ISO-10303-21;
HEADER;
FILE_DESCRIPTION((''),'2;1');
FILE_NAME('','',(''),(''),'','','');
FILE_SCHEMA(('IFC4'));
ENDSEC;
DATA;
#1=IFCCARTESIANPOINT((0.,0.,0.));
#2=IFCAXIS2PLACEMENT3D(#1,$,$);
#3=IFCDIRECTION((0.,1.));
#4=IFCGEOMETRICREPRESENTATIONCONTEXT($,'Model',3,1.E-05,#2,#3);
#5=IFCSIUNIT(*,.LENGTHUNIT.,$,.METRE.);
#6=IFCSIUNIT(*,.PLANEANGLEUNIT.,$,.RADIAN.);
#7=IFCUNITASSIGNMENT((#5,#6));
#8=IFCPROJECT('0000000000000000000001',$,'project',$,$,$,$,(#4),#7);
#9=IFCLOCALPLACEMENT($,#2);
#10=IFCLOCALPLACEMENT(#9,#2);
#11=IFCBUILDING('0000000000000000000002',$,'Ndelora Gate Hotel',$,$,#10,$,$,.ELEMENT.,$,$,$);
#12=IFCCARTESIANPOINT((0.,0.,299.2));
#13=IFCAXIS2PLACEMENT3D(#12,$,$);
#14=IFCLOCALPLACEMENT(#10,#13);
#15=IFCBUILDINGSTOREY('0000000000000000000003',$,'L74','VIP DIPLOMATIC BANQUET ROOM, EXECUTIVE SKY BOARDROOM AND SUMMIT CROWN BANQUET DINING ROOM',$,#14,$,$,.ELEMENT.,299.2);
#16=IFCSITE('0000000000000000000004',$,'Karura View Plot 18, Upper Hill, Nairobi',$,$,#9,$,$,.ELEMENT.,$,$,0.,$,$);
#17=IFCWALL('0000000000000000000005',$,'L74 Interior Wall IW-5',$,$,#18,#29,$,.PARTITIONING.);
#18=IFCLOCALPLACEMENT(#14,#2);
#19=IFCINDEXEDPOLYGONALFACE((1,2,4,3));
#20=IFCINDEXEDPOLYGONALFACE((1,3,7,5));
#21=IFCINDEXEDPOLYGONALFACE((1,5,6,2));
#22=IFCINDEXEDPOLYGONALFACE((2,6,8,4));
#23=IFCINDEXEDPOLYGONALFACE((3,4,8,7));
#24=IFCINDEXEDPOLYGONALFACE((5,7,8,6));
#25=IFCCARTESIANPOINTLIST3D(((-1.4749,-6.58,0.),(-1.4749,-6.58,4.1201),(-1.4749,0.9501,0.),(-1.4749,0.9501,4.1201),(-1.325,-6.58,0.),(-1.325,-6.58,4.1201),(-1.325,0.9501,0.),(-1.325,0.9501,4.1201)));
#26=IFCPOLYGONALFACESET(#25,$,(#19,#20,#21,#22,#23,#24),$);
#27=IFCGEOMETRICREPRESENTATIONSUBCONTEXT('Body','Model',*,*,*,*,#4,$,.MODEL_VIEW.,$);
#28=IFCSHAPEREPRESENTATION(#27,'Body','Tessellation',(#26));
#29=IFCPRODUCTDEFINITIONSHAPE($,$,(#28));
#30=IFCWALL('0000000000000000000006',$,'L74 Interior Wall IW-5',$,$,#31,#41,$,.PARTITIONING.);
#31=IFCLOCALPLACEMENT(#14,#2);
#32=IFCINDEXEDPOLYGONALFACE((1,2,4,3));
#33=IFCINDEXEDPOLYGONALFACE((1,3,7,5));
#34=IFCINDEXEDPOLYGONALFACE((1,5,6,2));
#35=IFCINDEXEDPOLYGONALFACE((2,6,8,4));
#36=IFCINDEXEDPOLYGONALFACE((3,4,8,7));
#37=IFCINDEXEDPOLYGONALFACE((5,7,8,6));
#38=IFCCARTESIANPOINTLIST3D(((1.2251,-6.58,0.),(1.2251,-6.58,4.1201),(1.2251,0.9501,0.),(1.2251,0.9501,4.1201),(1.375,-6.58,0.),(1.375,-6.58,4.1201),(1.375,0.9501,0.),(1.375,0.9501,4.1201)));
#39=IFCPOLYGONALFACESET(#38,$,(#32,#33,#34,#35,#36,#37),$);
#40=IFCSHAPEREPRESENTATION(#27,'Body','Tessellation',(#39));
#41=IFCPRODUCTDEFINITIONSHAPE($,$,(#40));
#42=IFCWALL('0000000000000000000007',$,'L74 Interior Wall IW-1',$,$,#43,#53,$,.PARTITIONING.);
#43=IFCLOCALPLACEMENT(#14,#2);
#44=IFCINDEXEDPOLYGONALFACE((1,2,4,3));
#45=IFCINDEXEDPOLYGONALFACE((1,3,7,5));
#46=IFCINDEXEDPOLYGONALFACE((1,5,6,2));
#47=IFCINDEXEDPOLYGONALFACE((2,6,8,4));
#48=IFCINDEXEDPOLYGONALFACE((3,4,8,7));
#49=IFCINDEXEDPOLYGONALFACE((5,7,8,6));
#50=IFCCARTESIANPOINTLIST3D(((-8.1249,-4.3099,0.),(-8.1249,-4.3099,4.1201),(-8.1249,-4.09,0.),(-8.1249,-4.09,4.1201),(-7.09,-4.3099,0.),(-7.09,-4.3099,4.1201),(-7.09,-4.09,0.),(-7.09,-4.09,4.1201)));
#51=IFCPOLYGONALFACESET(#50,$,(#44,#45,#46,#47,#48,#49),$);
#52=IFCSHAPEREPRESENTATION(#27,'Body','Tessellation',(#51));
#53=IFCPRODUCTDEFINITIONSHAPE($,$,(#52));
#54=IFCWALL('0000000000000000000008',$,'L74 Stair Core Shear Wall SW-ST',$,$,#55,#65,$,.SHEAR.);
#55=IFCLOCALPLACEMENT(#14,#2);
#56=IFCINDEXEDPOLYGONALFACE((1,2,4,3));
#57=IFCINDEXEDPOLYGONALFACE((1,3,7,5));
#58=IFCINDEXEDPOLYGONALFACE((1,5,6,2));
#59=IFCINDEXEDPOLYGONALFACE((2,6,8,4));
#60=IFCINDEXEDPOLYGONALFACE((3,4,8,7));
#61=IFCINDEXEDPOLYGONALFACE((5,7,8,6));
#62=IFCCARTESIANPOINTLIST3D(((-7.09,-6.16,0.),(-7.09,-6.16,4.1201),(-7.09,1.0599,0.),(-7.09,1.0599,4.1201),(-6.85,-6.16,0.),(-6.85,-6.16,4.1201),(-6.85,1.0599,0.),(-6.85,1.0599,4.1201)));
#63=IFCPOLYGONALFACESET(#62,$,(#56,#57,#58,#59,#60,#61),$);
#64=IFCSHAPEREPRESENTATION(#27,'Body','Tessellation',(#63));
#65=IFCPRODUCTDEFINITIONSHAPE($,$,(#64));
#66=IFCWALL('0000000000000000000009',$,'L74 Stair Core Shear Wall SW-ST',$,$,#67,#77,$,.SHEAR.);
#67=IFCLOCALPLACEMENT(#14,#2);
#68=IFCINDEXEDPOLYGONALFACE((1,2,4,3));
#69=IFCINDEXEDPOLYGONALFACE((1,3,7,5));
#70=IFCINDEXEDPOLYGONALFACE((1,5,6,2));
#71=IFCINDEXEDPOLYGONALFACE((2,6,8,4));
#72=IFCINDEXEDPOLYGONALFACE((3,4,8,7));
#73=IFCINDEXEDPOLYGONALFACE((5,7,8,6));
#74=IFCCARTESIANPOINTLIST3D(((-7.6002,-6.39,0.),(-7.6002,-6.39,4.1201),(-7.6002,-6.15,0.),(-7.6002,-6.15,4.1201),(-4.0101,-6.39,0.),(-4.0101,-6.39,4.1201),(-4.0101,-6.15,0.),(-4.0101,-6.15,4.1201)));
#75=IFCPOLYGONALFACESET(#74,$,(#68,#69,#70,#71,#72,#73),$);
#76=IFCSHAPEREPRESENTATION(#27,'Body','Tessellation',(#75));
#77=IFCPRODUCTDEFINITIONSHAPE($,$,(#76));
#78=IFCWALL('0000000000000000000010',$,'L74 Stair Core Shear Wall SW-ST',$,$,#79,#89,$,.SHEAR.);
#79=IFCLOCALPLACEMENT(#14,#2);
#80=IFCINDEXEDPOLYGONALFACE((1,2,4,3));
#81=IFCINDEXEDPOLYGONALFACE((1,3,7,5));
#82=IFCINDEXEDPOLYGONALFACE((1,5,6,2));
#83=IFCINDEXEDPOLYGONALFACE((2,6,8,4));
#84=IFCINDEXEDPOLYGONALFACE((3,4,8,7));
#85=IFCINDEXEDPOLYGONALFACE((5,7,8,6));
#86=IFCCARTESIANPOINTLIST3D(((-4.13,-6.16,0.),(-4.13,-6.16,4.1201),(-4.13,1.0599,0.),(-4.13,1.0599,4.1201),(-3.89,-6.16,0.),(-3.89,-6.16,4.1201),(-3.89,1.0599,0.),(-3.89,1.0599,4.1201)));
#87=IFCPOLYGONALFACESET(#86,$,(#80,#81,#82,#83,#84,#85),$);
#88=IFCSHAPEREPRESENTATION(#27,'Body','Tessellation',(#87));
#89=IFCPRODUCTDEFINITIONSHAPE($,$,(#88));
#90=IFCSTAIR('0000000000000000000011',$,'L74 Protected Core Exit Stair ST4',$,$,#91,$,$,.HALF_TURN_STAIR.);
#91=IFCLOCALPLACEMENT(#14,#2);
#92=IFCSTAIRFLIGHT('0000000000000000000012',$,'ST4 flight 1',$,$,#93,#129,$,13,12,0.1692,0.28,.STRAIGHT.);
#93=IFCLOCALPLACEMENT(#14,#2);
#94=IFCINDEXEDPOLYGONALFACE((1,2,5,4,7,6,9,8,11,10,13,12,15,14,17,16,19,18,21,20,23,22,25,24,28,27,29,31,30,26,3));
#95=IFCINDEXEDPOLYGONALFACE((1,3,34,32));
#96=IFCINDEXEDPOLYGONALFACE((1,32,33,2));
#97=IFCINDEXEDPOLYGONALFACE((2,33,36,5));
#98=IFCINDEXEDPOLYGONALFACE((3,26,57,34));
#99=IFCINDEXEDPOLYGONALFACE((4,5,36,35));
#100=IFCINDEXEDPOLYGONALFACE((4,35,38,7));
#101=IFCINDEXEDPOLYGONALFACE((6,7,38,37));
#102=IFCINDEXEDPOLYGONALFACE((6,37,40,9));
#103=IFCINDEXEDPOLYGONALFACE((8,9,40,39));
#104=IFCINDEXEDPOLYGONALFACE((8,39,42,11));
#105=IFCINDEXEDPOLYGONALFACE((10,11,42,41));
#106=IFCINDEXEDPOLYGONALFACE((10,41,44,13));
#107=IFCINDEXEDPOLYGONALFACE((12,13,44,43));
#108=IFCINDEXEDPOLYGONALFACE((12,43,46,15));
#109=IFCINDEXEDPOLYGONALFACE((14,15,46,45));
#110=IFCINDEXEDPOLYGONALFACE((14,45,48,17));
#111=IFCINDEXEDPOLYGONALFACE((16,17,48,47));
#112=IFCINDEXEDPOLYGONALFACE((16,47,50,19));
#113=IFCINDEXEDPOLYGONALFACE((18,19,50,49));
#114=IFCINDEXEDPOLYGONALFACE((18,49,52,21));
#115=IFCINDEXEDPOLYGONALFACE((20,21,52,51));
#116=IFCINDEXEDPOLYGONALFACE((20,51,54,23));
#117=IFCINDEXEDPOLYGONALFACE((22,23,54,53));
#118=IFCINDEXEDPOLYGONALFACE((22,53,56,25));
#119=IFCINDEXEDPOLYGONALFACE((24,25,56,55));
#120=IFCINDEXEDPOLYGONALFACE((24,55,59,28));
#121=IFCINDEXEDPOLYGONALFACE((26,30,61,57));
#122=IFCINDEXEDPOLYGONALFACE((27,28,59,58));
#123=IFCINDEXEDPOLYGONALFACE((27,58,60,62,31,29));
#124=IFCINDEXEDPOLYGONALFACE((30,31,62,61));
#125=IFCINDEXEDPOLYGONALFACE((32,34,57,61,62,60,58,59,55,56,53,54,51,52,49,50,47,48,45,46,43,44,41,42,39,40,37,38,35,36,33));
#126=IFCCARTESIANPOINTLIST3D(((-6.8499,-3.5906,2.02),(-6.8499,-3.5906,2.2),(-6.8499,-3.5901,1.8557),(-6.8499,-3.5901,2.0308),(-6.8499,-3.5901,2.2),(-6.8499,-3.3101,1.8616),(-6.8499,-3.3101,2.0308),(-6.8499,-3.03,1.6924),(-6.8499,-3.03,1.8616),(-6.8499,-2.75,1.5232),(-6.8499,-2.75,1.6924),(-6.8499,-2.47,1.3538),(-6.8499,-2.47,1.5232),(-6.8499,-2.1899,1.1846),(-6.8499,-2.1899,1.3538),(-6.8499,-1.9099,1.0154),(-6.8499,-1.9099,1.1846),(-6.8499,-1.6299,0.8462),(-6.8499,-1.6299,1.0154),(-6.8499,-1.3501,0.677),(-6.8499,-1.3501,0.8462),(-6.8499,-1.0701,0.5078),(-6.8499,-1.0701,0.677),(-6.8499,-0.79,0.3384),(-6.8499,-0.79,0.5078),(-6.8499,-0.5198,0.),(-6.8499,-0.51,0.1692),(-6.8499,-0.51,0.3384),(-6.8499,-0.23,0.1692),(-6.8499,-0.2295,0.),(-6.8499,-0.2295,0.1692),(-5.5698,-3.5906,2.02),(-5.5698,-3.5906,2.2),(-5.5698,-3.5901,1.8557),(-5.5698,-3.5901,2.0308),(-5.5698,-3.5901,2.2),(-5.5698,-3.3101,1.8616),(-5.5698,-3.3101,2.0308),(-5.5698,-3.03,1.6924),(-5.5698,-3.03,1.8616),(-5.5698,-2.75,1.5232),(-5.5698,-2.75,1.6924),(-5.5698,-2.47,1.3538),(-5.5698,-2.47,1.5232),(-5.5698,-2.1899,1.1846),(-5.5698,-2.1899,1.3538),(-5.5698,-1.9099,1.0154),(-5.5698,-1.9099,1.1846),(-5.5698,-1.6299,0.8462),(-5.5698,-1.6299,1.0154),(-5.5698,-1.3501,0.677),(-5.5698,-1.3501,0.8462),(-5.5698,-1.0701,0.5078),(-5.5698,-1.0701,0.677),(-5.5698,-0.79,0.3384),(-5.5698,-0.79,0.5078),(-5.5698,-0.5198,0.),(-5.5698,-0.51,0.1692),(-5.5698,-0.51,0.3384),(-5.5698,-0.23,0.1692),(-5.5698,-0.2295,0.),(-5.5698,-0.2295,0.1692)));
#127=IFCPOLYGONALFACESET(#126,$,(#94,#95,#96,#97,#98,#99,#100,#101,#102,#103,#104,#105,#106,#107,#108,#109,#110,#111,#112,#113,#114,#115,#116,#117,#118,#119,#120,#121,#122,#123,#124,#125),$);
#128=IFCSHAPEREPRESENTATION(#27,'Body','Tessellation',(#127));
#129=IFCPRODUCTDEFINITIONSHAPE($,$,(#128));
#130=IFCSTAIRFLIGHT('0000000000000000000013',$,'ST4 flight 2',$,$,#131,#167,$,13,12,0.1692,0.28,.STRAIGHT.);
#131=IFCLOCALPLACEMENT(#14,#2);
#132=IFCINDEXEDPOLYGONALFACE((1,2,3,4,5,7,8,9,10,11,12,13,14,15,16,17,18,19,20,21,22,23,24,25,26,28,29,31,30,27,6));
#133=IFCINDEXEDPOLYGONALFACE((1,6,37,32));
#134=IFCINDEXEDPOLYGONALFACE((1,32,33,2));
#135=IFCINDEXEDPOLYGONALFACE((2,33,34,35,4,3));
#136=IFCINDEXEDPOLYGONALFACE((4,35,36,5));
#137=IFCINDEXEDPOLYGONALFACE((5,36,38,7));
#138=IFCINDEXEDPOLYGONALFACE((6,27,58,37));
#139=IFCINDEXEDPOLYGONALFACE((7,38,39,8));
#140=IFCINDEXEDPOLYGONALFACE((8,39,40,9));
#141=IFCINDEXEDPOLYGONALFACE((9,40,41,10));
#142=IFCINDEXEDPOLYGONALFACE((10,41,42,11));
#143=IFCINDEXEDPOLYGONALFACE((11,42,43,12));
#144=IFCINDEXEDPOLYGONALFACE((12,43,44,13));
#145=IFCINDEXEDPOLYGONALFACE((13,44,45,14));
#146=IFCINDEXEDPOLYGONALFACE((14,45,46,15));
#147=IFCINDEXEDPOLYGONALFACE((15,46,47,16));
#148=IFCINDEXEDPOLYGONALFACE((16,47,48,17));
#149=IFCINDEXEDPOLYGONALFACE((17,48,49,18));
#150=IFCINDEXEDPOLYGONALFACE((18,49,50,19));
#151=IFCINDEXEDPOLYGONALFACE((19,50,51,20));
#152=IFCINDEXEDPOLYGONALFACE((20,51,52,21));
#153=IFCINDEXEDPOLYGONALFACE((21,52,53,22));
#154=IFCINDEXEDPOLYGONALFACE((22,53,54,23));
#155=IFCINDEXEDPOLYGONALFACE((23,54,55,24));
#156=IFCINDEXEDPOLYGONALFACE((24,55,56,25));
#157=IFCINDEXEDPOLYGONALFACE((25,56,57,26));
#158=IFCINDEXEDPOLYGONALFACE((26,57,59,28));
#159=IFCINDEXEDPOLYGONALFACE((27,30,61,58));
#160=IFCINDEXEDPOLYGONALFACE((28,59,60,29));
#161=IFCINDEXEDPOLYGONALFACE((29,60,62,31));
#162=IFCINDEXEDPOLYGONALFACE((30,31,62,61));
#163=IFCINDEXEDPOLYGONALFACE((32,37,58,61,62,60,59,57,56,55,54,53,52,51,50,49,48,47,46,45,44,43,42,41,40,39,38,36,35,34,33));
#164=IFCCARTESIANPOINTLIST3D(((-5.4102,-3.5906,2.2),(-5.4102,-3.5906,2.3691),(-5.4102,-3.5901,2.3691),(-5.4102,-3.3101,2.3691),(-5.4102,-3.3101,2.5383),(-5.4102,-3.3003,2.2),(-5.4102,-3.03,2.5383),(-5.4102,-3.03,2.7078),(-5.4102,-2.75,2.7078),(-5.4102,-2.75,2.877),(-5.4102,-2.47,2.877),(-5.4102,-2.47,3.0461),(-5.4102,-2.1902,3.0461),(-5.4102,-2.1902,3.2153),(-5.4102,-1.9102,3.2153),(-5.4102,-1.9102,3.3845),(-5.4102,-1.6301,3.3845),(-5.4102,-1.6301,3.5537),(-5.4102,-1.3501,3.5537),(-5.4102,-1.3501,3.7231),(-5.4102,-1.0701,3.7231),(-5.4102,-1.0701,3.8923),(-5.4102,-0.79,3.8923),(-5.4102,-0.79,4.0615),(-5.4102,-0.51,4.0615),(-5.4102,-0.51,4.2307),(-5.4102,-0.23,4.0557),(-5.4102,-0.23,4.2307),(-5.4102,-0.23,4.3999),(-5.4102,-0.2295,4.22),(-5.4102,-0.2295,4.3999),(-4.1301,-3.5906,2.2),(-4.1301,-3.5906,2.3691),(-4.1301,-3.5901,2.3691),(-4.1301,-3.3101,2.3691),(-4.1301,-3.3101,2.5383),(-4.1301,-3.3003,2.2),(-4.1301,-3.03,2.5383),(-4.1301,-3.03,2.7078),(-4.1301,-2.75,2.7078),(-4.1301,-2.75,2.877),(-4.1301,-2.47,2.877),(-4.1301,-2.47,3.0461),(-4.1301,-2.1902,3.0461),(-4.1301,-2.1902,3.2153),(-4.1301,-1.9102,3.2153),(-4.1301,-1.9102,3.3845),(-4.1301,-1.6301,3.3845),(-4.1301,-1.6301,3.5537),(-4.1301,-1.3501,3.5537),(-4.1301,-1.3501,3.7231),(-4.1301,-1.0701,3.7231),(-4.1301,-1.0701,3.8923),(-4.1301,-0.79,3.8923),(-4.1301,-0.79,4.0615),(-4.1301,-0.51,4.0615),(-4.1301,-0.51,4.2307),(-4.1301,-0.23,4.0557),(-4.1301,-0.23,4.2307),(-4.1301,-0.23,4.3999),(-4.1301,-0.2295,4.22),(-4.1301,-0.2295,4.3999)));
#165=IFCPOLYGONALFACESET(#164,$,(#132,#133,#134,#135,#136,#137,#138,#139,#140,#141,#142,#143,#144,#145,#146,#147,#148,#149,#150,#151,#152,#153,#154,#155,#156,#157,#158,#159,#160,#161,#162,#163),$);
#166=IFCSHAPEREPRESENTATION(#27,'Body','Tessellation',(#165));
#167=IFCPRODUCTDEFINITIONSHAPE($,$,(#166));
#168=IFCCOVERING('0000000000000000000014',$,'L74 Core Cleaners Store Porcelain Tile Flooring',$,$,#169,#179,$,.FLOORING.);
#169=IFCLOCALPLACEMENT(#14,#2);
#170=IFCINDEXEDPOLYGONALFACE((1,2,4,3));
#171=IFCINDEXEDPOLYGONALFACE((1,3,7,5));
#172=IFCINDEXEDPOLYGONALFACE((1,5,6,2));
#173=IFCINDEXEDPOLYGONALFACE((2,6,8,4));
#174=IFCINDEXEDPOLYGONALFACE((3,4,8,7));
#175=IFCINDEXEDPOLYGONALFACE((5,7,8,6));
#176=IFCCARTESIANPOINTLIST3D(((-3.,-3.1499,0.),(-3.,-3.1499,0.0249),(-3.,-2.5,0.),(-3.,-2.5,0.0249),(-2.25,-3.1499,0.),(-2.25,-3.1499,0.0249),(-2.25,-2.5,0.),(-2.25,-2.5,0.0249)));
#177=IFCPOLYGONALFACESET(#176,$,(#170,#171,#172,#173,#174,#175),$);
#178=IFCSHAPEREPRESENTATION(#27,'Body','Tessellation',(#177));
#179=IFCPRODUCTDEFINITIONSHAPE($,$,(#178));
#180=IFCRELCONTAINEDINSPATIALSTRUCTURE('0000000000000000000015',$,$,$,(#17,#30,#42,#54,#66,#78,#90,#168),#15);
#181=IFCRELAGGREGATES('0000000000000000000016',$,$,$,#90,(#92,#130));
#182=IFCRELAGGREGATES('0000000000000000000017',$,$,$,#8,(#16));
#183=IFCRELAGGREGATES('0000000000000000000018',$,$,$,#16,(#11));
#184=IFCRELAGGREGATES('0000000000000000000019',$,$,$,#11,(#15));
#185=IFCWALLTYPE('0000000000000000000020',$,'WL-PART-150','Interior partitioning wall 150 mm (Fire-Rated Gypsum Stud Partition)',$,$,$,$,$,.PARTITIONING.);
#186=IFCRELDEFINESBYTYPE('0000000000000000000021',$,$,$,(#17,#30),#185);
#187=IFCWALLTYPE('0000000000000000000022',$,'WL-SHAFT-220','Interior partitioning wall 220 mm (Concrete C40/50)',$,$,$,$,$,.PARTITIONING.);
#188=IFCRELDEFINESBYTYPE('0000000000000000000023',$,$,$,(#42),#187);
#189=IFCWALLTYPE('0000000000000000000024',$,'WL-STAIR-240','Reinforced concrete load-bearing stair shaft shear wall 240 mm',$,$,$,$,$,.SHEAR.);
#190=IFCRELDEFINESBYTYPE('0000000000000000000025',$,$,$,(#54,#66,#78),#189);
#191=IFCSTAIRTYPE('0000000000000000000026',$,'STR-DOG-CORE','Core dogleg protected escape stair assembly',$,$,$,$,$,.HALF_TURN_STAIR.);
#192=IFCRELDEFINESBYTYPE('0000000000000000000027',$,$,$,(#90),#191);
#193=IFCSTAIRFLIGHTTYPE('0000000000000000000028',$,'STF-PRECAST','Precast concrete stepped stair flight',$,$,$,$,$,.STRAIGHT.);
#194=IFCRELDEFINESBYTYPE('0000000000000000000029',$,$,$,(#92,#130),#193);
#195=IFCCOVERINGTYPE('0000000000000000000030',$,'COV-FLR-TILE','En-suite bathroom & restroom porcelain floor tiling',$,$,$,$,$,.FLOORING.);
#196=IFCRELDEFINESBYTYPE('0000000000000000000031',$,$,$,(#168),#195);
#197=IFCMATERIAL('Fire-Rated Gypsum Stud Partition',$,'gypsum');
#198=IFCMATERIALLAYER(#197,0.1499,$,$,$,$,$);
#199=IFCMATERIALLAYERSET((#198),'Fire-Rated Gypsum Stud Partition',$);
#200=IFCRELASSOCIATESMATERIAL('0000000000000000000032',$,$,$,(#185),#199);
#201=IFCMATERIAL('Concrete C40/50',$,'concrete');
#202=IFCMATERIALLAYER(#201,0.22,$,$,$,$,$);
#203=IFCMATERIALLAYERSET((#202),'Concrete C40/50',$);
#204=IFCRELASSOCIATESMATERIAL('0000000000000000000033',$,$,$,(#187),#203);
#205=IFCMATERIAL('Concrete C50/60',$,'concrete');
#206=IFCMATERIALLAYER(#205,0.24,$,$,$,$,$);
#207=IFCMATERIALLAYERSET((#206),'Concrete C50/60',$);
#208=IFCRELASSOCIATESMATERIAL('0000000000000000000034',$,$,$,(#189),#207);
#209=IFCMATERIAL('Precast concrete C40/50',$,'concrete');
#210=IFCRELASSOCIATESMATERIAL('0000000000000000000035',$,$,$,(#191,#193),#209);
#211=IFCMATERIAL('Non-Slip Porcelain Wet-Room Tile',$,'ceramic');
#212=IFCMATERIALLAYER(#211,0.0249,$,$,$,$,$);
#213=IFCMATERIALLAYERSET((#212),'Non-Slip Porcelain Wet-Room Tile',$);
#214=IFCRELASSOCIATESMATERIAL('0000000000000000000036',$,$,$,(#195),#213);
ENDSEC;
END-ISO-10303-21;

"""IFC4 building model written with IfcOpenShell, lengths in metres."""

from ifc_helpers import new_model, si_unit, direction, frame, frame_2d, origin, origin_2d, place, context, subcontext, project, spatial, polyline, rectangle, outline, extrude, material, layer, layer_set, type_object, element, aggregate, save


model = new_model("IFC4")

# Units and contexts
model_context = context("Model", 3, precision=1e-05, world=origin(), true_north=direction((0.0, 1.0)))
body_context = subcontext(model_context, "Body", "Model", "MODEL_VIEW")
ifc_project = project(units=[si_unit("LENGTHUNIT", "METRE"), si_unit("PLANEANGLEUNIT", "RADIAN")], contexts=[model_context])

# Site, building, storey
site_placement = place(None, origin())
site = spatial("IfcSite", under=ifc_project, at=site_placement, Name="Karura View Plot 18, Upper Hill, Nairobi", CompositionType="ELEMENT", RefElevation=0.0)
building_placement = place(site_placement, origin())
building = spatial("IfcBuilding", under=site, at=building_placement, Name="Ndelora Gate Hotel", CompositionType="ELEMENT")
storey_placement = place(building_placement, frame((0.0, 0.0, 299.2)))
storey = spatial("IfcBuildingStorey", under=building, at=storey_placement, Name="L74", Description="VIP DIPLOMATIC BANQUET ROOM, EXECUTIVE SKY BOARDROOM AND SUMMIT CROWN BANQUET DINING ROOM", CompositionType="ELEMENT", Elevation=299.2)

# Shared definitions
ifc_material_1 = material(Name="Concrete C40/50", Category="concrete")

# Walls
ifc_material_2 = material(Name="Fire-Rated Gypsum Stud Partition", Category="gypsum")
ifc_layer_1 = layer(ifc_material_2, 0.1499)
ifc_layer_set_1 = layer_set([ifc_layer_1], Name="Fire-Rated Gypsum Stud Partition")
wall_type_1 = type_object("IfcWallType", Name="WL-PART-150", Description="Interior partitioning wall 150 mm (Fire-Rated Gypsum Stud Partition)", PredefinedType="PARTITIONING", material=ifc_layer_set_1)
for number, where, z_axis, x_axis, name in (
    (1, (-1.3999, -6.5801, 0.0), (0.0, 0.0, 1.0), (0.0, 1.0, 0.0), "L74 Interior Wall IW-5"),
    (2, (1.3, -6.5801, 0.0), (0.0, 0.0, 1.0), (0.0, 1.0, 0.0), "L74 Interior Wall IW-5"),
):
    element("IfcWall", number, at=place(storey_placement, frame(where, z_axis=z_axis, x_axis=x_axis)), inside=storey, type_object=wall_type_1, Name=name, PredefinedType="PARTITIONING", context=body_context, shape_type="SweptSolid", body=[
        extrude(rectangle(XDim=7.53, YDim=0.1499, at=frame_2d((3.7651, 0.0))), origin(), (0.0, 0.0, 1.0), 4.1201),
    ])
ifc_layer_2 = layer(ifc_material_1, 0.22)
ifc_layer_set_2 = layer_set([ifc_layer_2], Name="Concrete C40/50")
wall_type_2 = type_object("IfcWallType", Name="WL-SHAFT-220", Description="Interior partitioning wall 220 mm (Concrete C40/50)", PredefinedType="PARTITIONING", material=ifc_layer_set_2)
wall_1_placement = place(storey_placement, frame((-8.125, -4.2, 0.0), z_axis=(0.0, 0.0, 1.0), x_axis=(1.0, 0.0, 0.0)))
element("IfcWall", 3, at=wall_1_placement, inside=storey, type_object=wall_type_2, Name="L74 Interior Wall IW-1", PredefinedType="PARTITIONING", context=body_context, shape_type="SweptSolid", body=[
    extrude(rectangle(XDim=1.0349, YDim=0.22, at=frame_2d((0.5176, 0.0))), origin(), (0.0, 0.0, 1.0), 4.1201),
])
ifc_material_3 = material(Name="Concrete C50/60", Category="concrete")
ifc_layer_3 = layer(ifc_material_3, 0.24)
ifc_layer_set_3 = layer_set([ifc_layer_3], Name="Concrete C50/60")
wall_type_3 = type_object("IfcWallType", Name="WL-STAIR-240", Description="Reinforced concrete load-bearing stair shaft shear wall 240 mm", PredefinedType="SHEAR", material=ifc_layer_set_3)
wall_2_placement = place(storey_placement, frame((-6.97, -6.1599, 0.0), z_axis=(0.0, 0.0, 1.0), x_axis=(0.0, 1.0, 0.0)))
element("IfcWall", 4, at=wall_2_placement, inside=storey, type_object=wall_type_3, Name="L74 Stair Core Shear Wall SW-ST", PredefinedType="SHEAR", context=body_context, shape_type="SweptSolid", body=[
    extrude(rectangle(XDim=7.22, YDim=0.24, at=frame_2d((3.6099, 0.0))), origin(), (0.0, 0.0, 1.0), 4.1201),
])
wall_3_placement = place(storey_placement, frame((-7.6001, -6.27, 0.0), z_axis=(0.0, 0.0, 1.0), x_axis=(1.0, 0.0, 0.0)))
element("IfcWall", 5, at=wall_3_placement, inside=storey, type_object=wall_type_3, Name="L74 Stair Core Shear Wall SW-ST", PredefinedType="SHEAR", context=body_context, shape_type="SweptSolid", body=[
    extrude(rectangle(XDim=3.5901, YDim=0.24, at=frame_2d((1.7949, 0.0))), origin(), (0.0, 0.0, 1.0), 4.1201),
])
wall_4_placement = place(storey_placement, frame((-4.01, -6.1599, 0.0), z_axis=(0.0, 0.0, 1.0), x_axis=(0.0, 1.0, 0.0)))
element("IfcWall", 6, at=wall_4_placement, inside=storey, type_object=wall_type_3, Name="L74 Stair Core Shear Wall SW-ST", PredefinedType="SHEAR", context=body_context, shape_type="SweptSolid", body=[
    extrude(rectangle(XDim=7.22, YDim=0.24, at=frame_2d((3.6099, 0.0))), origin(), (0.0, 0.0, 1.0), 4.1201),
])

# Stair, stair flights
ifc_material_4 = material(Name="Precast concrete C40/50", Category="concrete")
stair_type = type_object("IfcStairType", Name="STR-DOG-CORE", Description="Core dogleg protected escape stair assembly", PredefinedType="HALF_TURN_STAIR", material=ifc_material_4)
stair_placement = place(storey_placement, origin())
stair = element("IfcStair", 7, at=stair_placement, inside=storey, type_object=stair_type, Name="L74 Protected Core Exit Stair ST4", PredefinedType="HALF_TURN_STAIR")
stair_flight_type = type_object("IfcStairFlightType", Name="STF-PRECAST", Description="Precast concrete stepped stair flight", PredefinedType="STRAIGHT", material=ifc_material_4)
stair_flight_1_placement = place(storey_placement, frame((-6.21, -0.23, 0.0), z_axis=(0.0, 0.0, 1.0), x_axis=(0.0, -1.0, 0.0)))
stair_flight_1 = element("IfcStairFlight", 8, at=stair_flight_1_placement, type_object=stair_flight_type, Name="ST4 flight 1", NumberOfRisers=13, NumberOfTreads=12, PredefinedType="STRAIGHT", RiserHeight=0.1692, TreadLength=0.28, context=body_context, shape_type="SweptSolid", body=[
    extrude(outline(polyline([(-0.0005, 0.0), (-0.0005, 0.1692), (0.0, 0.1692), (0.28, 0.1692), (0.28, 0.3384), (0.5601, 0.3384), (0.5601, 0.5078), (0.8401, 0.5078), (0.8401, 0.677), (1.1201, 0.677), (1.1201, 0.8462), (1.3999, 0.8462), (1.3999, 1.0154), (1.6799, 1.0154), (1.6799, 1.1846), (1.96, 1.1846), (1.96, 1.3538), (2.24, 1.3538), (2.24, 1.5232), (2.52, 1.5232), (2.52, 1.6924), (2.8, 1.6924), (2.8, 1.8616), (3.0801, 1.8616), (3.0801, 2.0308), (3.3601, 2.0308), (3.3601, 2.2), (3.3606, 2.2), (3.3606, 2.02), (3.3601, 1.8557), (0.2898, 0.0), (-0.0005, 0.0)])), frame((0.0, 0.6401, 0.0), z_axis=(0.0, -1.0, 0.0), x_axis=(1.0, 0.0, 0.0)), (0.0, 0.0, 1.0), 1.28),
])
stair_flight_2_placement = place(storey_placement, frame((-4.77, -3.5901, 2.2), z_axis=(0.0, 0.0, 1.0), x_axis=(0.0, 1.0, 0.0)))
stair_flight_2 = element("IfcStairFlight", 9, at=stair_flight_2_placement, type_object=stair_flight_type, Name="ST4 flight 2", NumberOfRisers=13, NumberOfTreads=12, PredefinedType="STRAIGHT", RiserHeight=0.1692, TreadLength=0.28, context=body_context, shape_type="SweptSolid", body=[
    extrude(outline(polyline([(-0.0005, 0.0), (-0.0005, 0.1692), (0.0, 0.1692), (0.28, 0.1692), (0.28, 0.3384), (0.5601, 0.3384), (0.5601, 0.5078), (0.8401, 0.5078), (0.8401, 0.677), (1.1201, 0.677), (1.1201, 0.8462), (1.3999, 0.8462), (1.3999, 1.0154), (1.6799, 1.0154), (1.6799, 1.1846), (1.96, 1.1846), (1.96, 1.3538), (2.24, 1.3538), (2.24, 1.5232), (2.52, 1.5232), (2.52, 1.6924), (2.8, 1.6924), (2.8, 1.8616), (3.0801, 1.8616), (3.0801, 2.0308), (3.3601, 2.0308), (3.3601, 2.2), (3.3606, 2.2), (3.3606, 2.02), (3.3601, 1.8557), (0.2898, 0.0), (-0.0005, 0.0)])), frame((0.0, 0.6401, 0.0), z_axis=(0.0, -1.0, 0.0), x_axis=(1.0, 0.0, 0.0)), (0.0, 0.0, 1.0), 1.28),
])
aggregate(stair, [stair_flight_1, stair_flight_2])

# Covering
ifc_material_5 = material(Name="Non-Slip Porcelain Wet-Room Tile", Category="ceramic")
ifc_layer_4 = layer(ifc_material_5, 0.0249)
ifc_layer_set_4 = layer_set([ifc_layer_4], Name="Non-Slip Porcelain Wet-Room Tile")
covering_type = type_object("IfcCoveringType", Name="COV-FLR-TILE", Description="En-suite bathroom & restroom porcelain floor tiling", PredefinedType="FLOORING", material=ifc_layer_set_4)
for number, where, z_axis, x_axis, name in (
    (10, (-2.625, -2.825, 0.0), (0.0, 0.0, 1.0), (1.0, 0.0, 0.0), "L74 Core Cleaners Store Porcelain Tile Flooring"),
):
    element("IfcCovering", number, at=place(storey_placement, frame(where, z_axis=z_axis, x_axis=x_axis)), inside=storey, type_object=covering_type, Name=name, PredefinedType="FLOORING", context=body_context, shape_type="SweptSolid", body=[
        extrude(rectangle(XDim=0.75, YDim=0.6499, at=origin_2d()), origin(), (0.0, 0.0, 1.0), 0.0249),
    ])

save(model, "model.ifc")
